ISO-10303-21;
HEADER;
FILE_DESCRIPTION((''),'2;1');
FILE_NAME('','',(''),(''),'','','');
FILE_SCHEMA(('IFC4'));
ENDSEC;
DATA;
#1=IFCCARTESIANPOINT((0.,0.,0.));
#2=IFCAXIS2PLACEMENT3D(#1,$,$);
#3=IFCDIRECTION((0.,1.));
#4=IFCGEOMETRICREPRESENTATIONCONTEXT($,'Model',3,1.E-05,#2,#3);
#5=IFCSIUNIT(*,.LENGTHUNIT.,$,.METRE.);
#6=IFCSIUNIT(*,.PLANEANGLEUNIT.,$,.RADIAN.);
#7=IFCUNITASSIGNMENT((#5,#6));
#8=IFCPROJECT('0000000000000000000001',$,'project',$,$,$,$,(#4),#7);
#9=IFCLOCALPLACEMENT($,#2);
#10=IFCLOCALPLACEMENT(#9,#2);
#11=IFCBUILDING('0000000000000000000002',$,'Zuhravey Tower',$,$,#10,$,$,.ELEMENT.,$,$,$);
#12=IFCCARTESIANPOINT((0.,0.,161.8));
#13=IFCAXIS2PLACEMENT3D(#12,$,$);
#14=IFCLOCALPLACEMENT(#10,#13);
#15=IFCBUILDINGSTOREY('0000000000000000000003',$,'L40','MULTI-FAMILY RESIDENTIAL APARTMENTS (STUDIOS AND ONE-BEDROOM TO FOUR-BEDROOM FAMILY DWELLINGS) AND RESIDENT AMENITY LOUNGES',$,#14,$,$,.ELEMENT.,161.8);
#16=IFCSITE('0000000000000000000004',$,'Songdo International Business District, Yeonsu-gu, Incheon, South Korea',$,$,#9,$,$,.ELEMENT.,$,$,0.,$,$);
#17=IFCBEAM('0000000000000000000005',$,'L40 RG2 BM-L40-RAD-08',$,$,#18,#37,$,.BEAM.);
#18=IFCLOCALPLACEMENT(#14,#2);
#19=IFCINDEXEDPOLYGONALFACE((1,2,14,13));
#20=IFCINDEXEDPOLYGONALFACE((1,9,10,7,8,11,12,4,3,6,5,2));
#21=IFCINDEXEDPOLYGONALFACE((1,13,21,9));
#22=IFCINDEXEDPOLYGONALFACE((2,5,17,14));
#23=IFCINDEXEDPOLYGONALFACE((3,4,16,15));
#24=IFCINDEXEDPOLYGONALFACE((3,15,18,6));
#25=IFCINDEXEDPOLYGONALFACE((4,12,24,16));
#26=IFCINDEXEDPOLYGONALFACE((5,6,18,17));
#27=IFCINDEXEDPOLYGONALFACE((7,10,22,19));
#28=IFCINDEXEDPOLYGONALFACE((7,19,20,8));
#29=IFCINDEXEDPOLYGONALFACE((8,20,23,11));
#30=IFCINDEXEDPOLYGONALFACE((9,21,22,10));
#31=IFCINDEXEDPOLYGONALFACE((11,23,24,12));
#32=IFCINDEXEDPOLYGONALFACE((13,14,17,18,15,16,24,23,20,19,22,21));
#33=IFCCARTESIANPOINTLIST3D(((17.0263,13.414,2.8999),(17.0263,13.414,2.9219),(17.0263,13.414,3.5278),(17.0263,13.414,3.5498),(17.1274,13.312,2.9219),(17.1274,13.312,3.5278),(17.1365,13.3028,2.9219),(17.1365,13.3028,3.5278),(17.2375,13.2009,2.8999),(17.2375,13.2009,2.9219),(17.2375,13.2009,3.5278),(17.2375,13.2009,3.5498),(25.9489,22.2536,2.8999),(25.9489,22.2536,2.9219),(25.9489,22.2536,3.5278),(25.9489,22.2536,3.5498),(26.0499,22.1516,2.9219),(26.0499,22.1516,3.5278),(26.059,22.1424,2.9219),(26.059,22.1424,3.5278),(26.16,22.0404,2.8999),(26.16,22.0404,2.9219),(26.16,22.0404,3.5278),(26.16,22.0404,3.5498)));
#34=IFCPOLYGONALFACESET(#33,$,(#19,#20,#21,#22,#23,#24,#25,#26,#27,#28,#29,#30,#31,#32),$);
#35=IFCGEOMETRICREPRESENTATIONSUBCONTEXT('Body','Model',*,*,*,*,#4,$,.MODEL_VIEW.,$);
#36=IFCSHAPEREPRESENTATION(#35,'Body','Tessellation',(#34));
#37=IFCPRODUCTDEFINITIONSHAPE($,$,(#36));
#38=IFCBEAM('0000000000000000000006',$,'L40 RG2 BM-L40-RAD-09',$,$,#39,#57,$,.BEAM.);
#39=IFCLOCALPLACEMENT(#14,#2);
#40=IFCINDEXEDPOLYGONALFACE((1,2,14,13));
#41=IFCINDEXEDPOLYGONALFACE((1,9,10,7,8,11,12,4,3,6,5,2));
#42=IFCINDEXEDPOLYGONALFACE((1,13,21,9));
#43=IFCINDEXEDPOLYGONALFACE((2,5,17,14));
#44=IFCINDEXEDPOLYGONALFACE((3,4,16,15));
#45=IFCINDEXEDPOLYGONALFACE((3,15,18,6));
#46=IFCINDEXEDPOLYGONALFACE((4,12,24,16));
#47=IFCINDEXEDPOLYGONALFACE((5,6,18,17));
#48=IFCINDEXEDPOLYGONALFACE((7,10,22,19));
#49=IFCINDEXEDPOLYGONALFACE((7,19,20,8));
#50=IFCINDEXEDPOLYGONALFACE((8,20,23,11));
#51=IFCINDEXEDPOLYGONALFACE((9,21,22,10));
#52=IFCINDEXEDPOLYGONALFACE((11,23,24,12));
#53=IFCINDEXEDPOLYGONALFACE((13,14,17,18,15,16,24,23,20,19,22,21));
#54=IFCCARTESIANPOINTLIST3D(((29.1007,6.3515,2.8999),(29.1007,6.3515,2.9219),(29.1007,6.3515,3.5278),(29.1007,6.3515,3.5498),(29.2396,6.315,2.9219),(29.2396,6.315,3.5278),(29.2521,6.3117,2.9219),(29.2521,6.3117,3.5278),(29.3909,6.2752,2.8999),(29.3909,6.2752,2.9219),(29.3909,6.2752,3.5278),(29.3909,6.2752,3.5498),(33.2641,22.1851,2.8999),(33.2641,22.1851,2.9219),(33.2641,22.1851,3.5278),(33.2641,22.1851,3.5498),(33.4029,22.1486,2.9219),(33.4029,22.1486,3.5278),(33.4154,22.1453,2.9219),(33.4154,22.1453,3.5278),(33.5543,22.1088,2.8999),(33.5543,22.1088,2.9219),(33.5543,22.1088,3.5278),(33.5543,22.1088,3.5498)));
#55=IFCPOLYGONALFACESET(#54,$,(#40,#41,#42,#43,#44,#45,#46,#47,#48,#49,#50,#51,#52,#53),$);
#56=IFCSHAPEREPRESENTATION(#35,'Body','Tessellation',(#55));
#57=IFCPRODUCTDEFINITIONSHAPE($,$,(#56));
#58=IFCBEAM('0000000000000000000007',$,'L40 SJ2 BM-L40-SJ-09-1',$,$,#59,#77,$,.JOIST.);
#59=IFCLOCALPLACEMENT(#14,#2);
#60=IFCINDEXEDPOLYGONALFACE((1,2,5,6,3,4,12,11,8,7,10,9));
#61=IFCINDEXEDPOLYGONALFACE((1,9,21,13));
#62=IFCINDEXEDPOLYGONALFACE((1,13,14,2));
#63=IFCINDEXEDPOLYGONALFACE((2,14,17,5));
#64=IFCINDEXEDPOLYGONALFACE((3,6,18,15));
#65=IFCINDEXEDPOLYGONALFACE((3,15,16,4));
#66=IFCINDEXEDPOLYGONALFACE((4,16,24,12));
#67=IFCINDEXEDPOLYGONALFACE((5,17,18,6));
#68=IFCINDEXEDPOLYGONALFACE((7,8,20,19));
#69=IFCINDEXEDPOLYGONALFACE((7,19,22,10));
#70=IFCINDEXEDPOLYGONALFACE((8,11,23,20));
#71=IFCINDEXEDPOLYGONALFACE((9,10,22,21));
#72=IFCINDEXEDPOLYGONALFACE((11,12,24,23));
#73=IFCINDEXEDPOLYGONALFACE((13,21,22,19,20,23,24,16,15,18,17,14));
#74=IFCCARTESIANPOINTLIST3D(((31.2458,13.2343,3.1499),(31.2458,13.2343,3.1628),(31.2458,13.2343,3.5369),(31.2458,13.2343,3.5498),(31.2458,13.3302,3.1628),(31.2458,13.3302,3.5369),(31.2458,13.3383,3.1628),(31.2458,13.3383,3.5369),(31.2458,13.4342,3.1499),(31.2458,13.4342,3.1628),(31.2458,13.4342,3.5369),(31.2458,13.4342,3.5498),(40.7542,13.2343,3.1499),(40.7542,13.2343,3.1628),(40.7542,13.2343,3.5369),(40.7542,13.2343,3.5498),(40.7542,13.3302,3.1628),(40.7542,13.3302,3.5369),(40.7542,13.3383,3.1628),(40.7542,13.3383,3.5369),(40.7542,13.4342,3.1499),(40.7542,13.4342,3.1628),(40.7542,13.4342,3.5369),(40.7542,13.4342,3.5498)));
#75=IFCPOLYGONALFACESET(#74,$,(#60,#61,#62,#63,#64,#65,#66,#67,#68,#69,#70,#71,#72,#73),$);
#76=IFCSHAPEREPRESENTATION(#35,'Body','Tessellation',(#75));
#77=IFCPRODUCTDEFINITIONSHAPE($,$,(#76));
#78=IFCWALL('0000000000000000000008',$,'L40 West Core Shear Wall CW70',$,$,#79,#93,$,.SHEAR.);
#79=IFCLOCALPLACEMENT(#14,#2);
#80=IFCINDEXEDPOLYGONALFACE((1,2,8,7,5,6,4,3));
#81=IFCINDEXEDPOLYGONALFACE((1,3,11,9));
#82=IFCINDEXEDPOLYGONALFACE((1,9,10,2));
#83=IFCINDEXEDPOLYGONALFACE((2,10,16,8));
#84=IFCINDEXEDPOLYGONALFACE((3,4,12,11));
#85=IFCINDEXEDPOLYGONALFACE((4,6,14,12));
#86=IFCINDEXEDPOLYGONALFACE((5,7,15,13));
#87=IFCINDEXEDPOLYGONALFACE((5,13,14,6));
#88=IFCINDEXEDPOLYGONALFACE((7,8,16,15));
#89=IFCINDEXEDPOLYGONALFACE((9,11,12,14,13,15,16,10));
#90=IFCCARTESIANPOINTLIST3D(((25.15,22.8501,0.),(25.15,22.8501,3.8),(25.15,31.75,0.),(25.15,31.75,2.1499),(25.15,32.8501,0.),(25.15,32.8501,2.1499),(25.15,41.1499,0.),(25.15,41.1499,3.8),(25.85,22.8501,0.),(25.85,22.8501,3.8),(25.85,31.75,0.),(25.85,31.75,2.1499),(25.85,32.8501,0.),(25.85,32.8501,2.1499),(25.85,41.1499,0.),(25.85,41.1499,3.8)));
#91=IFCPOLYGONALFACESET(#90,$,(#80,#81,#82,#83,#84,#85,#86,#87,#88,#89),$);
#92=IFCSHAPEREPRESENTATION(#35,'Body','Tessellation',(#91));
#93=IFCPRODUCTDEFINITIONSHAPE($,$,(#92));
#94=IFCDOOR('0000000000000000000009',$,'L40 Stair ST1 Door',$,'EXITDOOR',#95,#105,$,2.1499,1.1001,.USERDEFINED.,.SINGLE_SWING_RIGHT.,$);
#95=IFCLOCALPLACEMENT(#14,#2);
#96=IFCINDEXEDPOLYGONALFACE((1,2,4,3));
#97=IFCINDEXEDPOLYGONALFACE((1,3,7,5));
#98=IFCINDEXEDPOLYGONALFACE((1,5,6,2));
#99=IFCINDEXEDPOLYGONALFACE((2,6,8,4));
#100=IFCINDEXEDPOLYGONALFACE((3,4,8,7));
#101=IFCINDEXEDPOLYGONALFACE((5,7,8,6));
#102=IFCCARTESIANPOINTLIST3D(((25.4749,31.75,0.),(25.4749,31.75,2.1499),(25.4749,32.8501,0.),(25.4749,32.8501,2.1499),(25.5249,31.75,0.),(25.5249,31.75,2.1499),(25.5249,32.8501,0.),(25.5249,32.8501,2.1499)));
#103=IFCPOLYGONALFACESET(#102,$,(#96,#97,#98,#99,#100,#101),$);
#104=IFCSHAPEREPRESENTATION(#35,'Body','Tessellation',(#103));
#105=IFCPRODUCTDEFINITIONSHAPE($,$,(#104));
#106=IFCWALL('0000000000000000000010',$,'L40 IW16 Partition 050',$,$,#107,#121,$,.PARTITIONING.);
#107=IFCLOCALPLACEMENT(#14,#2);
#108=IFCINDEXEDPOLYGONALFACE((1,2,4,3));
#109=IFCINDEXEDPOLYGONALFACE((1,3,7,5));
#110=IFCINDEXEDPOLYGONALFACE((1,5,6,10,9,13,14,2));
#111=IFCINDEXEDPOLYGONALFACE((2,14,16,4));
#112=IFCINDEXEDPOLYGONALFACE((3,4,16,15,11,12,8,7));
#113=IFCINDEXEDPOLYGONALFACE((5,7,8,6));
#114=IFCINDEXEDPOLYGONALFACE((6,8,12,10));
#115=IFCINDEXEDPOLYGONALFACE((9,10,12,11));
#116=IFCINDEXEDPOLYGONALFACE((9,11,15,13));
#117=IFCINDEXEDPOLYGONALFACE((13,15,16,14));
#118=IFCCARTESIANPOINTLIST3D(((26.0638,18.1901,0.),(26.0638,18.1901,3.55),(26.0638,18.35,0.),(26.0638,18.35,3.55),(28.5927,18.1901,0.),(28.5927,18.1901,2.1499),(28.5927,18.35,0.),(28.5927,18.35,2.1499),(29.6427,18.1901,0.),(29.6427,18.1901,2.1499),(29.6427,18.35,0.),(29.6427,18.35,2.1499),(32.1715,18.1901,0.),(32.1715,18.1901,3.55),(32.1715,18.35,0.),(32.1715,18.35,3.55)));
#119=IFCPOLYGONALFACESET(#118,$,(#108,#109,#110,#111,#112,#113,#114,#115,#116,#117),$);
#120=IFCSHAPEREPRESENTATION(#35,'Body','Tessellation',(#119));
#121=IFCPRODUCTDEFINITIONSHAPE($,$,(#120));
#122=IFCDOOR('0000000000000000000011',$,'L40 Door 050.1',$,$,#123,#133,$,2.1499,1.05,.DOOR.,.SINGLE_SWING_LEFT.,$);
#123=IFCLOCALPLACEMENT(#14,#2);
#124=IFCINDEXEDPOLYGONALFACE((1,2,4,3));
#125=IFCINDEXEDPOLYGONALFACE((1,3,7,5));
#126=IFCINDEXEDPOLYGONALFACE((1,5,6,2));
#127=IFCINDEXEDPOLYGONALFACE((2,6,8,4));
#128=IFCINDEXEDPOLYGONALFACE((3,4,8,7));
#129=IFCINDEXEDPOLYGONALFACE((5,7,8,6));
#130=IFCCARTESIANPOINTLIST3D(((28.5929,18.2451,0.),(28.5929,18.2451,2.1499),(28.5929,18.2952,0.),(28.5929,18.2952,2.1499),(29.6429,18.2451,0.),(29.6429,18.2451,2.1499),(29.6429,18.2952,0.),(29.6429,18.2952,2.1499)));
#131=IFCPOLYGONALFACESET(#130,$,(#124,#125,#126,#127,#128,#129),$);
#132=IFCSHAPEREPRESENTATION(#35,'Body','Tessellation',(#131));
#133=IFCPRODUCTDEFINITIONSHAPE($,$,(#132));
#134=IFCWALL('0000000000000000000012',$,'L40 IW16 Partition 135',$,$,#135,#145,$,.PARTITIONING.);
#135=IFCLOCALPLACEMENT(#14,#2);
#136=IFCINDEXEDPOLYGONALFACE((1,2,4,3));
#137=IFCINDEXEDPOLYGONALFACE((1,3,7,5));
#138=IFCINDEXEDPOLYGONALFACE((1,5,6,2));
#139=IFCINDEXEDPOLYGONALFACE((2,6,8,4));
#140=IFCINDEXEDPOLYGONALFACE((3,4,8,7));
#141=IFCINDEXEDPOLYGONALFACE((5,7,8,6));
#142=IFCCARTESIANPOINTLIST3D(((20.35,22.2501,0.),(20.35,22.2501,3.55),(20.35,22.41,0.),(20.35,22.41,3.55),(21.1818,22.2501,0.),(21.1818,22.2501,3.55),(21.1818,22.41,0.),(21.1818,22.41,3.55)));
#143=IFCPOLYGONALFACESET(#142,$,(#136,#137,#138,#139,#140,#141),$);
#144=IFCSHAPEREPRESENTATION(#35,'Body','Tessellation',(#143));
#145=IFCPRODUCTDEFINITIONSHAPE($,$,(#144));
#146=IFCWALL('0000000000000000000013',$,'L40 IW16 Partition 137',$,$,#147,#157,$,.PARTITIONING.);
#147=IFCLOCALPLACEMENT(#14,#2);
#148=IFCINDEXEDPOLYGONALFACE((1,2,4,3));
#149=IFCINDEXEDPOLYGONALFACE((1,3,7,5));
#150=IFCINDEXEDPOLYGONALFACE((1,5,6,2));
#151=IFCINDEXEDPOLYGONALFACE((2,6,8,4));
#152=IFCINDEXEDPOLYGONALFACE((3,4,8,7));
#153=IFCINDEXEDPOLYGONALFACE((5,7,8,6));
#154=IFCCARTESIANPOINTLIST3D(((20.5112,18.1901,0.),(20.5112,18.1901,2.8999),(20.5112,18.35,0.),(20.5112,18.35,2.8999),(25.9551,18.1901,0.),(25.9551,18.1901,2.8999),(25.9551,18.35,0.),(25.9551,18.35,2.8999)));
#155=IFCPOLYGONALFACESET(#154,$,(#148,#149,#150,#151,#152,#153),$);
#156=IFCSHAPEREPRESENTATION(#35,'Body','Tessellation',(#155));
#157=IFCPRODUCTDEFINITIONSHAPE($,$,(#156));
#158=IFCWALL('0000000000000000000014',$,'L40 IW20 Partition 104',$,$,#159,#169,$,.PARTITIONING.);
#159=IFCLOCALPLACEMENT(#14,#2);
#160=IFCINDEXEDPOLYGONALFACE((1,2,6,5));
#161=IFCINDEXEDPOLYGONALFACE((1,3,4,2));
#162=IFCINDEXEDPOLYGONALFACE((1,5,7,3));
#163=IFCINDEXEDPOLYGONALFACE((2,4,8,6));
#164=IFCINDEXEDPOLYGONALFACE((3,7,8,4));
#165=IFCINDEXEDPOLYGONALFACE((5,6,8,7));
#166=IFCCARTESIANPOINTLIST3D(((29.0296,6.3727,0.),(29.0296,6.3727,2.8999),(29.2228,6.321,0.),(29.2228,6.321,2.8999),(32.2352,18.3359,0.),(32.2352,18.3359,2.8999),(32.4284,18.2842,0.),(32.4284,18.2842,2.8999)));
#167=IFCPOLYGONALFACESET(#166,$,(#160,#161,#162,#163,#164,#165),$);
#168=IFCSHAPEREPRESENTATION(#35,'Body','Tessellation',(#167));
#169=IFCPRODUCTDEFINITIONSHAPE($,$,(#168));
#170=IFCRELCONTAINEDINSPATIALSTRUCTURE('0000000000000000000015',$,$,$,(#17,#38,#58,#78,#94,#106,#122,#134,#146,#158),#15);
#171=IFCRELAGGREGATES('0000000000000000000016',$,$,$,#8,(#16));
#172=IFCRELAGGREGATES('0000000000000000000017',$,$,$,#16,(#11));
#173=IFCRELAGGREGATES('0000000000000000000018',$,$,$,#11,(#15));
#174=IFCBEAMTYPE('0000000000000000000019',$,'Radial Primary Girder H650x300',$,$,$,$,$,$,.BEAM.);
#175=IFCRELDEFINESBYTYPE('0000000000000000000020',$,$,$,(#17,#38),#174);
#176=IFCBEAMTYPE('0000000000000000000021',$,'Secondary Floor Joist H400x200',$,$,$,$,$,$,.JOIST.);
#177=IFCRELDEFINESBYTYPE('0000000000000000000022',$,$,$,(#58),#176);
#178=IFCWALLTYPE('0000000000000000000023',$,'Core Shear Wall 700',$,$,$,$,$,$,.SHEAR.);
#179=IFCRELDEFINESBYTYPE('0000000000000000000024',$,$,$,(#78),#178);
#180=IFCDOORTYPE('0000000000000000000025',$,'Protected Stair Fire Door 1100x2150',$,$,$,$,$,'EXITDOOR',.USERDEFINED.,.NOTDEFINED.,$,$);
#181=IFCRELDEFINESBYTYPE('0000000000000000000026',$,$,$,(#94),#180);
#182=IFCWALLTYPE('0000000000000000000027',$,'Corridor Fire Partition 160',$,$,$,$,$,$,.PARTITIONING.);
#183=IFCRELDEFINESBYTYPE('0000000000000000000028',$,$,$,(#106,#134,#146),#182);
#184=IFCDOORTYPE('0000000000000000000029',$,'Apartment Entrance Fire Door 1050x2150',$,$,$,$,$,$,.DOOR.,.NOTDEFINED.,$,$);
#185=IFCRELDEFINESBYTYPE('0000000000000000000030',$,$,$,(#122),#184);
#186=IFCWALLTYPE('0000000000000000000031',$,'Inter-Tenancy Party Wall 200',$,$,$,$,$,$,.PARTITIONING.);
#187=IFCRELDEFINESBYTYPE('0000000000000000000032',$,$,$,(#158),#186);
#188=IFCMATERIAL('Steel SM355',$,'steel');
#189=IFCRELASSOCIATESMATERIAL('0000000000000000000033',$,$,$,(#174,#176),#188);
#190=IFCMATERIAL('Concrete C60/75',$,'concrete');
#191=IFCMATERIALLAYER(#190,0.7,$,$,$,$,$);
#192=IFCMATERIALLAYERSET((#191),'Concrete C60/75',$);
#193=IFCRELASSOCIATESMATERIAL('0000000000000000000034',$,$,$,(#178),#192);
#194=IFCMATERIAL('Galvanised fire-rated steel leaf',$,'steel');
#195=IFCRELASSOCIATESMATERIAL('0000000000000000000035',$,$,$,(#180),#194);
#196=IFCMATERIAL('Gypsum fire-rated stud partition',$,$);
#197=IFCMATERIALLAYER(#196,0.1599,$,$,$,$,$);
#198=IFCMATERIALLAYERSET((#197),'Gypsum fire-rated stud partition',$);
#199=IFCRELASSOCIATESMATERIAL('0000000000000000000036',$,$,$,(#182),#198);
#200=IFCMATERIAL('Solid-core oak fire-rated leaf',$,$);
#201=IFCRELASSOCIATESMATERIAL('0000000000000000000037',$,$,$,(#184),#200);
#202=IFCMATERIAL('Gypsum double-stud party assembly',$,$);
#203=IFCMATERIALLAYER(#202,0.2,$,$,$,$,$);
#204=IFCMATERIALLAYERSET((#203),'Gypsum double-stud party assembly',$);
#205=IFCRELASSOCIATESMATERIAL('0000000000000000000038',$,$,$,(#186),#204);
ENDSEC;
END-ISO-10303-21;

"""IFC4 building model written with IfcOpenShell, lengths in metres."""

from ifc_helpers import new_model, si_unit, direction, frame, frame_2d, origin, origin_2d, place, context, subcontext, project, spatial, rectangle, i_section, extrude, material, layer, layer_set, material_profile, profile_set, type_object, element, fill, save


model = new_model("IFC4")

# Units and contexts
model_context = context("Model", 3, precision=1e-05, world=origin(), true_north=direction((0.0, 1.0)))
body_context = subcontext(model_context, "Body", "Model", "MODEL_VIEW")
ifc_project = project(units=[si_unit("LENGTHUNIT", "METRE"), si_unit("PLANEANGLEUNIT", "RADIAN")], contexts=[model_context])

# Site, building, storey
site_placement = place(None, origin())
site = spatial("IfcSite", under=ifc_project, at=site_placement, Name="Songdo International Business District, Yeonsu-gu, Incheon, South Korea", CompositionType="ELEMENT", RefElevation=0.0)
building_placement = place(site_placement, origin())
building = spatial("IfcBuilding", under=site, at=building_placement, Name="Zuhravey Tower", CompositionType="ELEMENT")
storey_placement = place(building_placement, frame((0.0, 0.0, 161.8)))
storey = spatial("IfcBuildingStorey", under=building, at=storey_placement, Name="L40", Description="MULTI-FAMILY RESIDENTIAL APARTMENTS (STUDIOS AND ONE-BEDROOM TO FOUR-BEDROOM FAMILY DWELLINGS) AND RESIDENT AMENITY LOUNGES", CompositionType="ELEMENT", Elevation=161.8)

# Beams
ifc_material_1 = material(Name="Steel SM355", Category="steel")
ifc_material_profile_1 = material_profile(ifc_material_1, i_section(OverallWidth=0.3, OverallDepth=0.6499, WebThickness=0.0129, FlangeThickness=0.022, at=origin_2d()), Name="H-650x300x13x22")
ifc_profile_set_1 = profile_set([ifc_material_profile_1], Name="Steel SM355")
beam_type_1 = type_object("IfcBeamType", Name="Radial Primary Girder H650x300", PredefinedType="BEAM", material=ifc_profile_set_1)
beam_1_placement = place(storey_placement, frame((26.0544, 22.147, 3.2249), z_axis=(-0.710404, -0.703795, 0.0), x_axis=(0.703795, -0.710404, 0.0)))
element("IfcBeam", 1, at=beam_1_placement, inside=storey, type_object=beam_type_1, Name="L40 RG2 BM-L40-RAD-08", PredefinedType="BEAM", context=body_context, shape_type="SweptSolid", body=[
    extrude(i_section(OverallWidth=0.3, OverallDepth=0.6499, WebThickness=0.0129, FlangeThickness=0.022, at=origin_2d()), origin(), (0.0, 0.0, 1.0), 12.5598),
])
beam_2_placement = place(storey_placement, frame((33.4092, 22.147, 3.2249), z_axis=(-0.2543, -0.967125, 0.0), x_axis=(0.967125, -0.2543, 0.0)))
element("IfcBeam", 2, at=beam_2_placement, inside=storey, type_object=beam_type_1, Name="L40 RG2 BM-L40-RAD-09", PredefinedType="BEAM", context=body_context, shape_type="SweptSolid", body=[
    extrude(i_section(OverallWidth=0.3, OverallDepth=0.6499, WebThickness=0.0129, FlangeThickness=0.022, at=origin_2d()), origin(), (0.0, 0.0, 1.0), 16.3718),
])
ifc_material_profile_2 = material_profile(ifc_material_1, i_section(OverallWidth=0.2, OverallDepth=0.3999, WebThickness=0.0081, FlangeThickness=0.0129, at=origin_2d()), Name="H-400x200x8x13")
ifc_profile_set_2 = profile_set([ifc_material_profile_2], Name="Steel SM355")
beam_type_2 = type_object("IfcBeamType", Name="Secondary Floor Joist H400x200", PredefinedType="JOIST", material=ifc_profile_set_2)
beam_3_placement = place(storey_placement, frame((31.2458, 13.3342, 3.3499), z_axis=(1.0, 0.0, 0.0), x_axis=(0.0, 1.0, 0.0)))
element("IfcBeam", 3, at=beam_3_placement, inside=storey, type_object=beam_type_2, Name="L40 SJ2 BM-L40-SJ-09-1", PredefinedType="JOIST", context=body_context, shape_type="SweptSolid", body=[
    extrude(i_section(OverallWidth=0.2, OverallDepth=0.3999, WebThickness=0.0081, FlangeThickness=0.0129, at=origin_2d()), origin(), (0.0, 0.0, 1.0), 9.5083),
])

# Walls, openings, doors
ifc_material_2 = material(Name="Concrete C60/75", Category="concrete")
ifc_layer_1 = layer(ifc_material_2, 0.7)
ifc_layer_set_1 = layer_set([ifc_layer_1], Name="Concrete C60/75")
wall_type_1 = type_object("IfcWallType", Name="Core Shear Wall 700", PredefinedType="SHEAR", material=ifc_layer_set_1)
ifc_material_3 = material(Name="Galvanised fire-rated steel leaf", Category="steel")
wall_1_placement = place(storey_placement, frame((25.5, 22.8501, 0.0), z_axis=(0.0, 0.0, 1.0), x_axis=(0.0, 1.0, 0.0)))
wall_1 = element("IfcWall", 4, at=wall_1_placement, inside=storey, type_object=wall_type_1, Name="L40 West Core Shear Wall CW70", PredefinedType="SHEAR", context=body_context, shape_type="SweptSolid", body=[
    extrude(rectangle(XDim=18.2998, YDim=0.7, at=frame_2d((9.1499, 0.0))), origin(), (0.0, 0.0, 1.0), 3.8),
])
opening_1_placement = place(wall_1_placement, frame((8.8999, 0.0, 0.0)))
opening_1 = element("IfcOpeningElement", 5, at=opening_1_placement, cuts=wall_1, PredefinedType="OPENING", context=body_context, shape_type="SweptSolid", body=[
    extrude(rectangle(XDim=1.1001, YDim=2.1499, at=frame_2d((0.55, 1.075))), frame((0.0, 0.3621, 0.0), z_axis=(0.0, -1.0, 0.0), x_axis=(1.0, 0.0, 0.0)), (0.0, 0.0, 1.0), 0.7239),
])
door_type_1 = type_object("IfcDoorType", Name="Protected Stair Fire Door 1100x2150", ElementType="EXITDOOR", OperationType="NOTDEFINED", PredefinedType="USERDEFINED", material=ifc_material_3)
door_1_placement = place(opening_1_placement, frame((1.1001, 0.0, 0.0), z_axis=(0.0, 0.0, 1.0), x_axis=(-1.0, 0.0, 0.0)))
door_1 = element("IfcDoor", 6, at=door_1_placement, inside=storey, type_object=door_type_1, Name="L40 Stair ST1 Door", ObjectType="EXITDOOR", OperationType="SINGLE_SWING_RIGHT", OverallHeight=2.1499, OverallWidth=1.1001, PredefinedType="USERDEFINED", context=body_context, shape_type="SweptSolid", body=[
    extrude(rectangle(XDim=1.1001, YDim=2.1499, at=frame_2d((0.55, 1.075))), frame((0.0, 0.0249, 0.0), z_axis=(0.0, -1.0, 0.0), x_axis=(1.0, 0.0, 0.0)), (0.0, 0.0, 1.0), 0.05),
])
fill(opening_1, door_1)
ifc_material_4 = material(Name="Gypsum fire-rated stud partition")
ifc_layer_2 = layer(ifc_material_4, 0.1599)
ifc_layer_set_2 = layer_set([ifc_layer_2], Name="Gypsum fire-rated stud partition")
wall_type_2 = type_object("IfcWallType", Name="Corridor Fire Partition 160", PredefinedType="PARTITIONING", material=ifc_layer_set_2)
wall_2_placement = place(storey_placement, frame((26.064, 18.27, 0.0), z_axis=(0.0, 0.0, 1.0), x_axis=(1.0, 0.0, 0.0)))
wall_2 = element("IfcWall", 7, at=wall_2_placement, inside=storey, type_object=wall_type_2, Name="L40 IW16 Partition 050", PredefinedType="PARTITIONING", context=body_context, shape_type="SweptSolid", body=[
    extrude(rectangle(XDim=6.1077, YDim=0.1599, at=frame_2d((3.0537, 0.0))), origin(), (0.0, 0.0, 1.0), 3.55),
])
opening_2_placement = place(wall_2_placement, frame((2.5288, 0.0, 0.0)))
opening_2 = element("IfcOpeningElement", 8, at=opening_2_placement, cuts=wall_2, PredefinedType="OPENING", context=body_context, shape_type="SweptSolid", body=[
    extrude(rectangle(XDim=1.05, YDim=2.1499, at=frame_2d((0.5249, 1.075))), frame((0.0, 0.092, 0.0), z_axis=(0.0, -1.0, 0.0), x_axis=(1.0, 0.0, 0.0)), (0.0, 0.0, 1.0), 0.1838),
])
ifc_material_5 = material(Name="Solid-core oak fire-rated leaf")
door_type_2 = type_object("IfcDoorType", Name="Apartment Entrance Fire Door 1050x2150", OperationType="NOTDEFINED", PredefinedType="DOOR", material=ifc_material_5)
door_2_placement = place(opening_2_placement, frame((1.05, 0.0, 0.0), z_axis=(0.0, 0.0, 1.0), x_axis=(-1.0, 0.0, 0.0)))
door_2 = element("IfcDoor", 9, at=door_2_placement, inside=storey, type_object=door_type_2, Name="L40 Door 050.1", OperationType="SINGLE_SWING_LEFT", OverallHeight=2.1499, OverallWidth=1.05, PredefinedType="DOOR", context=body_context, shape_type="SweptSolid", body=[
    extrude(rectangle(XDim=1.05, YDim=2.1499, at=frame_2d((0.5249, 1.075))), frame((0.0, 0.0249, 0.0), z_axis=(0.0, -1.0, 0.0), x_axis=(1.0, 0.0, 0.0)), (0.0, 0.0, 1.0), 0.05),
])
fill(opening_2, door_2)

# Walls
wall_3_placement = place(storey_placement, frame((21.1819, 22.3301, 0.0), z_axis=(0.0, 0.0, 1.0), x_axis=(-1.0, 0.0, 0.0)))
element("IfcWall", 10, at=wall_3_placement, inside=storey, type_object=wall_type_2, Name="L40 IW16 Partition 135", PredefinedType="PARTITIONING", context=body_context, shape_type="SweptSolid", body=[
    extrude(rectangle(XDim=0.8318, YDim=0.1599, at=frame_2d((0.416, 0.0))), origin(), (0.0, 0.0, 1.0), 3.55),
])
wall_4_placement = place(storey_placement, frame((20.5112, 18.27, 0.0), z_axis=(0.0, 0.0, 1.0), x_axis=(1.0, 0.0, 0.0)))
element("IfcWall", 11, at=wall_4_placement, inside=storey, type_object=wall_type_2, Name="L40 IW16 Partition 137", PredefinedType="PARTITIONING", context=body_context, shape_type="SweptSolid", body=[
    extrude(rectangle(XDim=5.4438, YDim=0.1599, at=frame_2d((2.7219, 0.0))), origin(), (0.0, 0.0, 1.0), 2.8999),
])
ifc_material_6 = material(Name="Gypsum double-stud party assembly")
ifc_layer_3 = layer(ifc_material_6, 0.2)
ifc_layer_set_3 = layer_set([ifc_layer_3], Name="Gypsum double-stud party assembly")
wall_type_3 = type_object("IfcWallType", Name="Inter-Tenancy Party Wall 200", PredefinedType="PARTITIONING", material=ifc_layer_set_3)
wall_5_placement = place(storey_placement, frame((32.3318, 18.3101, 0.0), z_axis=(0.0, 0.0, 1.0), x_axis=(-0.258823, -0.965925, 0.0)))
element("IfcWall", 12, at=wall_5_placement, inside=storey, type_object=wall_type_3, Name="L40 IW20 Partition 104", PredefinedType="PARTITIONING", context=body_context, shape_type="SweptSolid", body=[
    extrude(rectangle(XDim=12.3853, YDim=0.2, at=frame_2d((6.1926, 0.0))), origin(), (0.0, 0.0, 1.0), 2.8999),
])

save(model, "model.ifc")
